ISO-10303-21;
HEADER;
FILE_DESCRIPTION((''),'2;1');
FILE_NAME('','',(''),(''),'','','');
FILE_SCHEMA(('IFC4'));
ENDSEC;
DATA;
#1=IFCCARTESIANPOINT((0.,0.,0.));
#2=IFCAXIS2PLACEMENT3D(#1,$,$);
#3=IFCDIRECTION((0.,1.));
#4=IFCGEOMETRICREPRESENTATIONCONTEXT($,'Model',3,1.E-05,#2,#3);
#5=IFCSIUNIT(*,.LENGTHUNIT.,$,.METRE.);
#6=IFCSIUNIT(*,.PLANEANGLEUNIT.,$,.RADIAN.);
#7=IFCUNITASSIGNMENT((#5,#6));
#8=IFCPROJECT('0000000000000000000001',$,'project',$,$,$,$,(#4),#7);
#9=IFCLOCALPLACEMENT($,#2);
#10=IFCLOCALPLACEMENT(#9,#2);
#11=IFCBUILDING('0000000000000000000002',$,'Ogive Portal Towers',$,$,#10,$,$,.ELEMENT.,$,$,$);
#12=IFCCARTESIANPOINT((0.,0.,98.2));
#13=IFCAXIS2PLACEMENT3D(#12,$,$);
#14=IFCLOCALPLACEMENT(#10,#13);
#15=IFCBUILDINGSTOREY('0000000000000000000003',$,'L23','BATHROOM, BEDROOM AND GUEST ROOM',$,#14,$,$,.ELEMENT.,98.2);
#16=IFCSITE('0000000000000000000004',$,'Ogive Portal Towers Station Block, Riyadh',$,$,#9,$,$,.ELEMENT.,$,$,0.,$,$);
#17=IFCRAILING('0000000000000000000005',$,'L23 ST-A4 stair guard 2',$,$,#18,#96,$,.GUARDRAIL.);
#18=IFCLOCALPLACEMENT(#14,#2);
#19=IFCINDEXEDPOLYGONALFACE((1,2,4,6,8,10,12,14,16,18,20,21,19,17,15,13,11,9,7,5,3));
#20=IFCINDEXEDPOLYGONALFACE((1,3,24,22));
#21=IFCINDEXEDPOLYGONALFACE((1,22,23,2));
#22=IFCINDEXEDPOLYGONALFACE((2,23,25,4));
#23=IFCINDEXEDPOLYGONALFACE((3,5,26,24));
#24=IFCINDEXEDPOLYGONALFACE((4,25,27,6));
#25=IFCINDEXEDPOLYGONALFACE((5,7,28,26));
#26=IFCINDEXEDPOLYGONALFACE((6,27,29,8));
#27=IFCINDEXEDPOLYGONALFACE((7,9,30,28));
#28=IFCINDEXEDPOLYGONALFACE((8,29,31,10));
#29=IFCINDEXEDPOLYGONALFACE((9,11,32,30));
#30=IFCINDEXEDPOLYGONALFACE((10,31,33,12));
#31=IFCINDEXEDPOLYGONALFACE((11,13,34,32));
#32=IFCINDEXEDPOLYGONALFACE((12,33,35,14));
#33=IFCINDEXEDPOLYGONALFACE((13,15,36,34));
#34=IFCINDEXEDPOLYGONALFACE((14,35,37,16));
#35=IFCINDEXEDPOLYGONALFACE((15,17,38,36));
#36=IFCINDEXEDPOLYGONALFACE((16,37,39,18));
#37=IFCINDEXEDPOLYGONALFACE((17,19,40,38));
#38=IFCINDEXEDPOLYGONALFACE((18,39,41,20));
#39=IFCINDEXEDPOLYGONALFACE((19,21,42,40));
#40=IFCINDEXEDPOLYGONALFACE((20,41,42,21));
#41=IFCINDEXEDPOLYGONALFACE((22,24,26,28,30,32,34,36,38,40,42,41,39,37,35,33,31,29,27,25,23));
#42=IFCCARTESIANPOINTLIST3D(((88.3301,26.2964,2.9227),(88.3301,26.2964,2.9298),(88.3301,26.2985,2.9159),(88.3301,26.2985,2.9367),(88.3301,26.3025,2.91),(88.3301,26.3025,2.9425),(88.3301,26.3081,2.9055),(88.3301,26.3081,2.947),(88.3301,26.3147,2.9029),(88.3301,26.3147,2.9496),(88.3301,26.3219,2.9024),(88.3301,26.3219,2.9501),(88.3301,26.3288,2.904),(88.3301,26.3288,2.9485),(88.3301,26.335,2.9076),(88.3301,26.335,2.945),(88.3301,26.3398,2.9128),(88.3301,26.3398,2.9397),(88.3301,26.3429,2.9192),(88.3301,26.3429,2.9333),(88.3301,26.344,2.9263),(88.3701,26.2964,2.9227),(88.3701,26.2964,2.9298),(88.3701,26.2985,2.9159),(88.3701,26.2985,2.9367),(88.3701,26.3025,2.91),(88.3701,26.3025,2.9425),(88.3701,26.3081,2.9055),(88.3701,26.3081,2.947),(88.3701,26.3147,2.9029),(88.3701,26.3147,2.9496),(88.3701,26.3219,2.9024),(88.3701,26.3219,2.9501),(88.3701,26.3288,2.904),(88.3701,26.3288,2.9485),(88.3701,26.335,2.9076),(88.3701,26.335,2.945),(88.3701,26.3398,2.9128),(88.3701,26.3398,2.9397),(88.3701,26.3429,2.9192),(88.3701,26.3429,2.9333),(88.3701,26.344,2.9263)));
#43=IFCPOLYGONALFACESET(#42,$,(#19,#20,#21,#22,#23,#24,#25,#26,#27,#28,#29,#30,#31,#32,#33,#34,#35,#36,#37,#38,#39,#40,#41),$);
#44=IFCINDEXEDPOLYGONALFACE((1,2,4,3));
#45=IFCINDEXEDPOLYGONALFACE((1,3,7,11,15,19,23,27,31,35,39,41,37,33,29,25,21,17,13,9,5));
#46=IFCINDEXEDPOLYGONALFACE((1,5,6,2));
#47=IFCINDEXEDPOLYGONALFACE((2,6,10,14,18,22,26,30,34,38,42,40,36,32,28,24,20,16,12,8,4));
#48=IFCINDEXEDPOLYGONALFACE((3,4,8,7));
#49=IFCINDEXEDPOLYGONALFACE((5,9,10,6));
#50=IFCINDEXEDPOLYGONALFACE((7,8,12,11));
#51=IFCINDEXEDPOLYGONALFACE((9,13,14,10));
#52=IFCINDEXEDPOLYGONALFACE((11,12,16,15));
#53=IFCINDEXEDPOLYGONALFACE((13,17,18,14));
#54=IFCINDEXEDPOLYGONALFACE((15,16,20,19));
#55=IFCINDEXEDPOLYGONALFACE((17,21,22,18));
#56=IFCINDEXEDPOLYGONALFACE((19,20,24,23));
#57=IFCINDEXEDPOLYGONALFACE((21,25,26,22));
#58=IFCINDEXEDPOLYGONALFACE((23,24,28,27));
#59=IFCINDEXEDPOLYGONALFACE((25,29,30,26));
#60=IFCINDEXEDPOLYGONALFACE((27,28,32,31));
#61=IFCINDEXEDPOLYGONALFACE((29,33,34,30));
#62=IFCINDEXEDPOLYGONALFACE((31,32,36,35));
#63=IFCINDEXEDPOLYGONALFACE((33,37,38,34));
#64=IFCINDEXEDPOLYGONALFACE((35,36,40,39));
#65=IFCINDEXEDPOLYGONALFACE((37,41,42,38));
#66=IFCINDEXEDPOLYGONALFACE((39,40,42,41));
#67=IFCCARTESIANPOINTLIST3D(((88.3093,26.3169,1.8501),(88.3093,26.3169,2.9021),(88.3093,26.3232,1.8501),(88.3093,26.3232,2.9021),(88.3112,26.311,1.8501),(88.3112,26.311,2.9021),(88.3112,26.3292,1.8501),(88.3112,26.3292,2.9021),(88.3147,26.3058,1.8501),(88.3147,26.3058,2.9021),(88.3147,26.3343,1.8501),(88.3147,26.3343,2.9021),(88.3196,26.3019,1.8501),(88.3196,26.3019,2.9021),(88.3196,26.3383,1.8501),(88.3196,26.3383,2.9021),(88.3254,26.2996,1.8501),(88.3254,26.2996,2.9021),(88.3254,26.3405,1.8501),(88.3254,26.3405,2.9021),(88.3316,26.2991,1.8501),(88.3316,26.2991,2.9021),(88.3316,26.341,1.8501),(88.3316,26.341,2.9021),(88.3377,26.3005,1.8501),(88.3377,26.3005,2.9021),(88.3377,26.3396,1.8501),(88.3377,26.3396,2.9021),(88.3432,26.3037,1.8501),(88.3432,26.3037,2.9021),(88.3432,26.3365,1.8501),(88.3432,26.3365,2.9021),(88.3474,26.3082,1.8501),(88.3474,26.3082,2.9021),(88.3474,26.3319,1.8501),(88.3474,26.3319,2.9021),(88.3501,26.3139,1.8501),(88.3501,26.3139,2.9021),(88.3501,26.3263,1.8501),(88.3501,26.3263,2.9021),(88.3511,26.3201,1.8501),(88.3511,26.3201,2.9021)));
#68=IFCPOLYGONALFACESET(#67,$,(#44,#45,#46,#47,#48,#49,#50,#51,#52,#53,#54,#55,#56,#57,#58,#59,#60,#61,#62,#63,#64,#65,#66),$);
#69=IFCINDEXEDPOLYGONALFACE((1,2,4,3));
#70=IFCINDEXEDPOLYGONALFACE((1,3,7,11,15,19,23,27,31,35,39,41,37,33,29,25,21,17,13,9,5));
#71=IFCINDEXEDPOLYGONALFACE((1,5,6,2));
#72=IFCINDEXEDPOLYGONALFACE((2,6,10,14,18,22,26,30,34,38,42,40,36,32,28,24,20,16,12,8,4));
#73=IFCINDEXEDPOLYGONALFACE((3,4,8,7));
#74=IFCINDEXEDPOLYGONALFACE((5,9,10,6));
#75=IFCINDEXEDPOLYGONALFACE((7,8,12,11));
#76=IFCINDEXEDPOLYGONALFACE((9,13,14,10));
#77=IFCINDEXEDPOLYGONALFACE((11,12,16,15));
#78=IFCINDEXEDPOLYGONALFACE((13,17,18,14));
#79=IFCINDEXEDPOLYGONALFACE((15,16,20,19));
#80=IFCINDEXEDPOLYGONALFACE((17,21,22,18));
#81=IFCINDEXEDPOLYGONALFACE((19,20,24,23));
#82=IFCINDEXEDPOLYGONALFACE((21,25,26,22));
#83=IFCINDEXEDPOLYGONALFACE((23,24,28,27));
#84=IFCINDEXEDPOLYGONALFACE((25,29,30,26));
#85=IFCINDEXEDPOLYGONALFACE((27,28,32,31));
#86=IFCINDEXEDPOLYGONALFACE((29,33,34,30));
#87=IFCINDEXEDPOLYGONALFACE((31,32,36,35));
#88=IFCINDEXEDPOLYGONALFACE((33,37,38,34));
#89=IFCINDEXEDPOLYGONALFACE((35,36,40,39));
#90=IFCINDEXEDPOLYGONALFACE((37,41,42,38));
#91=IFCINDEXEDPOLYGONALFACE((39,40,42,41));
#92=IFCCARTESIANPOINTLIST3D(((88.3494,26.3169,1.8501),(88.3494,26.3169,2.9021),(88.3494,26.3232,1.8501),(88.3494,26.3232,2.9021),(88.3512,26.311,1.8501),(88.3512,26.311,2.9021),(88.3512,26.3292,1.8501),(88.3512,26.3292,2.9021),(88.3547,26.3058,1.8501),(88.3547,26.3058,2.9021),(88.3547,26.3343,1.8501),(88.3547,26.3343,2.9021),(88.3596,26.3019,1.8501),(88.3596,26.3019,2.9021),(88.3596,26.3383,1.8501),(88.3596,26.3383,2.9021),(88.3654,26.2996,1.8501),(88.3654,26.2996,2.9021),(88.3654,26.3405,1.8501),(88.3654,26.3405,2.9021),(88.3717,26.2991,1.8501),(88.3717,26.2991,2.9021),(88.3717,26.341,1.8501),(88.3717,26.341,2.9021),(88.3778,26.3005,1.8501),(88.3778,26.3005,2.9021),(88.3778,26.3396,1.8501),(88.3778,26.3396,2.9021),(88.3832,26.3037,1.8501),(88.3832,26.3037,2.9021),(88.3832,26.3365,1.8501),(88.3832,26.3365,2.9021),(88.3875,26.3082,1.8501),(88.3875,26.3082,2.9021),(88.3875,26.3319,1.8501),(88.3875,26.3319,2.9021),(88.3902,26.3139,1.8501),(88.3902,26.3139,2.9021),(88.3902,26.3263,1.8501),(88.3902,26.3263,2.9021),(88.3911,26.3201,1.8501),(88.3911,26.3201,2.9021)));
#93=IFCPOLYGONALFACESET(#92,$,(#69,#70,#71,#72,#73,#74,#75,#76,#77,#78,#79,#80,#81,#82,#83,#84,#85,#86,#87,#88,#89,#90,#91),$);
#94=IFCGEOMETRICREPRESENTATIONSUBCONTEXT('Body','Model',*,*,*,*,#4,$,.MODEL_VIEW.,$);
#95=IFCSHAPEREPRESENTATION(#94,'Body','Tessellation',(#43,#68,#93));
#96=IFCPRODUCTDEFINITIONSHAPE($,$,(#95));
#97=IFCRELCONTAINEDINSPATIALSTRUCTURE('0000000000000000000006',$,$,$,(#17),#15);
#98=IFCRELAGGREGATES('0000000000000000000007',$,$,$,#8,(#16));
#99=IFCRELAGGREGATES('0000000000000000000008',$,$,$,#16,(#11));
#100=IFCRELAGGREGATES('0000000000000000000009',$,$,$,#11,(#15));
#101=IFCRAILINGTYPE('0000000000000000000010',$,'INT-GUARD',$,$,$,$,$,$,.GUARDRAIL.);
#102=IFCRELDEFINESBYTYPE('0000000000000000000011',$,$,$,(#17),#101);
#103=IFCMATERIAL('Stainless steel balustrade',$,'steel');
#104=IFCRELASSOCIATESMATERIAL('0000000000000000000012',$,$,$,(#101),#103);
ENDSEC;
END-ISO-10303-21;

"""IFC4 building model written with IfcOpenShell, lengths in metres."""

from ifc_helpers import new_model, si_unit, direction, frame, origin, origin_2d, place, context, subcontext, project, spatial, circle, extrude, material, type_object, element, save


model = new_model("IFC4")

# Units and contexts
model_context = context("Model", 3, precision=1e-05, world=origin(), true_north=direction((0.0, 1.0)))
body_context = subcontext(model_context, "Body", "Model", "MODEL_VIEW")
ifc_project = project(units=[si_unit("LENGTHUNIT", "METRE"), si_unit("PLANEANGLEUNIT", "RADIAN")], contexts=[model_context])

# Site, building, storey
site_placement = place(None, origin())
site = spatial("IfcSite", under=ifc_project, at=site_placement, Name="Ogive Portal Towers Station Block, Riyadh", CompositionType="ELEMENT", RefElevation=0.0)
building_placement = place(site_placement, origin())
building = spatial("IfcBuilding", under=site, at=building_placement, Name="Ogive Portal Towers", CompositionType="ELEMENT")
storey_placement = place(building_placement, frame((0.0, 0.0, 98.2)))
storey = spatial("IfcBuildingStorey", under=building, at=storey_placement, Name="L23", Description="BATHROOM, BEDROOM AND GUEST ROOM", CompositionType="ELEMENT", Elevation=98.2)

# Railing
ifc_material_1 = material(Name="Stainless steel balustrade", Category="steel")
railing_type_1 = type_object("IfcRailingType", Name="INT-GUARD", PredefinedType="GUARDRAIL", material=ifc_material_1)
railing_1_placement = place(storey_placement, frame((88.3301, 26.3201, 1.8501)))
element("IfcRailing", 1, at=railing_1_placement, inside=storey, type_object=railing_type_1, Name="L23 ST-A4 stair guard 2", PredefinedType="GUARDRAIL", context=body_context, shape_type="SweptSolid", body=[
    extrude(circle(Radius=0.0239, at=origin_2d()), frame((0.0, 0.0, 1.0762), z_axis=(1.0, 0.0, 0.0), x_axis=(0.0, 1.0, 0.0)), (0.0, 0.0, 1.0), 0.04),
    extrude(circle(Radius=0.021, at=origin_2d()), origin(), (0.0, 0.0, 1.0), 1.052),
    extrude(circle(Radius=0.021, at=origin_2d()), frame((0.04, 0.0, 0.0)), (0.0, 0.0, 1.0), 1.052),
])

save(model, "model.ifc")
